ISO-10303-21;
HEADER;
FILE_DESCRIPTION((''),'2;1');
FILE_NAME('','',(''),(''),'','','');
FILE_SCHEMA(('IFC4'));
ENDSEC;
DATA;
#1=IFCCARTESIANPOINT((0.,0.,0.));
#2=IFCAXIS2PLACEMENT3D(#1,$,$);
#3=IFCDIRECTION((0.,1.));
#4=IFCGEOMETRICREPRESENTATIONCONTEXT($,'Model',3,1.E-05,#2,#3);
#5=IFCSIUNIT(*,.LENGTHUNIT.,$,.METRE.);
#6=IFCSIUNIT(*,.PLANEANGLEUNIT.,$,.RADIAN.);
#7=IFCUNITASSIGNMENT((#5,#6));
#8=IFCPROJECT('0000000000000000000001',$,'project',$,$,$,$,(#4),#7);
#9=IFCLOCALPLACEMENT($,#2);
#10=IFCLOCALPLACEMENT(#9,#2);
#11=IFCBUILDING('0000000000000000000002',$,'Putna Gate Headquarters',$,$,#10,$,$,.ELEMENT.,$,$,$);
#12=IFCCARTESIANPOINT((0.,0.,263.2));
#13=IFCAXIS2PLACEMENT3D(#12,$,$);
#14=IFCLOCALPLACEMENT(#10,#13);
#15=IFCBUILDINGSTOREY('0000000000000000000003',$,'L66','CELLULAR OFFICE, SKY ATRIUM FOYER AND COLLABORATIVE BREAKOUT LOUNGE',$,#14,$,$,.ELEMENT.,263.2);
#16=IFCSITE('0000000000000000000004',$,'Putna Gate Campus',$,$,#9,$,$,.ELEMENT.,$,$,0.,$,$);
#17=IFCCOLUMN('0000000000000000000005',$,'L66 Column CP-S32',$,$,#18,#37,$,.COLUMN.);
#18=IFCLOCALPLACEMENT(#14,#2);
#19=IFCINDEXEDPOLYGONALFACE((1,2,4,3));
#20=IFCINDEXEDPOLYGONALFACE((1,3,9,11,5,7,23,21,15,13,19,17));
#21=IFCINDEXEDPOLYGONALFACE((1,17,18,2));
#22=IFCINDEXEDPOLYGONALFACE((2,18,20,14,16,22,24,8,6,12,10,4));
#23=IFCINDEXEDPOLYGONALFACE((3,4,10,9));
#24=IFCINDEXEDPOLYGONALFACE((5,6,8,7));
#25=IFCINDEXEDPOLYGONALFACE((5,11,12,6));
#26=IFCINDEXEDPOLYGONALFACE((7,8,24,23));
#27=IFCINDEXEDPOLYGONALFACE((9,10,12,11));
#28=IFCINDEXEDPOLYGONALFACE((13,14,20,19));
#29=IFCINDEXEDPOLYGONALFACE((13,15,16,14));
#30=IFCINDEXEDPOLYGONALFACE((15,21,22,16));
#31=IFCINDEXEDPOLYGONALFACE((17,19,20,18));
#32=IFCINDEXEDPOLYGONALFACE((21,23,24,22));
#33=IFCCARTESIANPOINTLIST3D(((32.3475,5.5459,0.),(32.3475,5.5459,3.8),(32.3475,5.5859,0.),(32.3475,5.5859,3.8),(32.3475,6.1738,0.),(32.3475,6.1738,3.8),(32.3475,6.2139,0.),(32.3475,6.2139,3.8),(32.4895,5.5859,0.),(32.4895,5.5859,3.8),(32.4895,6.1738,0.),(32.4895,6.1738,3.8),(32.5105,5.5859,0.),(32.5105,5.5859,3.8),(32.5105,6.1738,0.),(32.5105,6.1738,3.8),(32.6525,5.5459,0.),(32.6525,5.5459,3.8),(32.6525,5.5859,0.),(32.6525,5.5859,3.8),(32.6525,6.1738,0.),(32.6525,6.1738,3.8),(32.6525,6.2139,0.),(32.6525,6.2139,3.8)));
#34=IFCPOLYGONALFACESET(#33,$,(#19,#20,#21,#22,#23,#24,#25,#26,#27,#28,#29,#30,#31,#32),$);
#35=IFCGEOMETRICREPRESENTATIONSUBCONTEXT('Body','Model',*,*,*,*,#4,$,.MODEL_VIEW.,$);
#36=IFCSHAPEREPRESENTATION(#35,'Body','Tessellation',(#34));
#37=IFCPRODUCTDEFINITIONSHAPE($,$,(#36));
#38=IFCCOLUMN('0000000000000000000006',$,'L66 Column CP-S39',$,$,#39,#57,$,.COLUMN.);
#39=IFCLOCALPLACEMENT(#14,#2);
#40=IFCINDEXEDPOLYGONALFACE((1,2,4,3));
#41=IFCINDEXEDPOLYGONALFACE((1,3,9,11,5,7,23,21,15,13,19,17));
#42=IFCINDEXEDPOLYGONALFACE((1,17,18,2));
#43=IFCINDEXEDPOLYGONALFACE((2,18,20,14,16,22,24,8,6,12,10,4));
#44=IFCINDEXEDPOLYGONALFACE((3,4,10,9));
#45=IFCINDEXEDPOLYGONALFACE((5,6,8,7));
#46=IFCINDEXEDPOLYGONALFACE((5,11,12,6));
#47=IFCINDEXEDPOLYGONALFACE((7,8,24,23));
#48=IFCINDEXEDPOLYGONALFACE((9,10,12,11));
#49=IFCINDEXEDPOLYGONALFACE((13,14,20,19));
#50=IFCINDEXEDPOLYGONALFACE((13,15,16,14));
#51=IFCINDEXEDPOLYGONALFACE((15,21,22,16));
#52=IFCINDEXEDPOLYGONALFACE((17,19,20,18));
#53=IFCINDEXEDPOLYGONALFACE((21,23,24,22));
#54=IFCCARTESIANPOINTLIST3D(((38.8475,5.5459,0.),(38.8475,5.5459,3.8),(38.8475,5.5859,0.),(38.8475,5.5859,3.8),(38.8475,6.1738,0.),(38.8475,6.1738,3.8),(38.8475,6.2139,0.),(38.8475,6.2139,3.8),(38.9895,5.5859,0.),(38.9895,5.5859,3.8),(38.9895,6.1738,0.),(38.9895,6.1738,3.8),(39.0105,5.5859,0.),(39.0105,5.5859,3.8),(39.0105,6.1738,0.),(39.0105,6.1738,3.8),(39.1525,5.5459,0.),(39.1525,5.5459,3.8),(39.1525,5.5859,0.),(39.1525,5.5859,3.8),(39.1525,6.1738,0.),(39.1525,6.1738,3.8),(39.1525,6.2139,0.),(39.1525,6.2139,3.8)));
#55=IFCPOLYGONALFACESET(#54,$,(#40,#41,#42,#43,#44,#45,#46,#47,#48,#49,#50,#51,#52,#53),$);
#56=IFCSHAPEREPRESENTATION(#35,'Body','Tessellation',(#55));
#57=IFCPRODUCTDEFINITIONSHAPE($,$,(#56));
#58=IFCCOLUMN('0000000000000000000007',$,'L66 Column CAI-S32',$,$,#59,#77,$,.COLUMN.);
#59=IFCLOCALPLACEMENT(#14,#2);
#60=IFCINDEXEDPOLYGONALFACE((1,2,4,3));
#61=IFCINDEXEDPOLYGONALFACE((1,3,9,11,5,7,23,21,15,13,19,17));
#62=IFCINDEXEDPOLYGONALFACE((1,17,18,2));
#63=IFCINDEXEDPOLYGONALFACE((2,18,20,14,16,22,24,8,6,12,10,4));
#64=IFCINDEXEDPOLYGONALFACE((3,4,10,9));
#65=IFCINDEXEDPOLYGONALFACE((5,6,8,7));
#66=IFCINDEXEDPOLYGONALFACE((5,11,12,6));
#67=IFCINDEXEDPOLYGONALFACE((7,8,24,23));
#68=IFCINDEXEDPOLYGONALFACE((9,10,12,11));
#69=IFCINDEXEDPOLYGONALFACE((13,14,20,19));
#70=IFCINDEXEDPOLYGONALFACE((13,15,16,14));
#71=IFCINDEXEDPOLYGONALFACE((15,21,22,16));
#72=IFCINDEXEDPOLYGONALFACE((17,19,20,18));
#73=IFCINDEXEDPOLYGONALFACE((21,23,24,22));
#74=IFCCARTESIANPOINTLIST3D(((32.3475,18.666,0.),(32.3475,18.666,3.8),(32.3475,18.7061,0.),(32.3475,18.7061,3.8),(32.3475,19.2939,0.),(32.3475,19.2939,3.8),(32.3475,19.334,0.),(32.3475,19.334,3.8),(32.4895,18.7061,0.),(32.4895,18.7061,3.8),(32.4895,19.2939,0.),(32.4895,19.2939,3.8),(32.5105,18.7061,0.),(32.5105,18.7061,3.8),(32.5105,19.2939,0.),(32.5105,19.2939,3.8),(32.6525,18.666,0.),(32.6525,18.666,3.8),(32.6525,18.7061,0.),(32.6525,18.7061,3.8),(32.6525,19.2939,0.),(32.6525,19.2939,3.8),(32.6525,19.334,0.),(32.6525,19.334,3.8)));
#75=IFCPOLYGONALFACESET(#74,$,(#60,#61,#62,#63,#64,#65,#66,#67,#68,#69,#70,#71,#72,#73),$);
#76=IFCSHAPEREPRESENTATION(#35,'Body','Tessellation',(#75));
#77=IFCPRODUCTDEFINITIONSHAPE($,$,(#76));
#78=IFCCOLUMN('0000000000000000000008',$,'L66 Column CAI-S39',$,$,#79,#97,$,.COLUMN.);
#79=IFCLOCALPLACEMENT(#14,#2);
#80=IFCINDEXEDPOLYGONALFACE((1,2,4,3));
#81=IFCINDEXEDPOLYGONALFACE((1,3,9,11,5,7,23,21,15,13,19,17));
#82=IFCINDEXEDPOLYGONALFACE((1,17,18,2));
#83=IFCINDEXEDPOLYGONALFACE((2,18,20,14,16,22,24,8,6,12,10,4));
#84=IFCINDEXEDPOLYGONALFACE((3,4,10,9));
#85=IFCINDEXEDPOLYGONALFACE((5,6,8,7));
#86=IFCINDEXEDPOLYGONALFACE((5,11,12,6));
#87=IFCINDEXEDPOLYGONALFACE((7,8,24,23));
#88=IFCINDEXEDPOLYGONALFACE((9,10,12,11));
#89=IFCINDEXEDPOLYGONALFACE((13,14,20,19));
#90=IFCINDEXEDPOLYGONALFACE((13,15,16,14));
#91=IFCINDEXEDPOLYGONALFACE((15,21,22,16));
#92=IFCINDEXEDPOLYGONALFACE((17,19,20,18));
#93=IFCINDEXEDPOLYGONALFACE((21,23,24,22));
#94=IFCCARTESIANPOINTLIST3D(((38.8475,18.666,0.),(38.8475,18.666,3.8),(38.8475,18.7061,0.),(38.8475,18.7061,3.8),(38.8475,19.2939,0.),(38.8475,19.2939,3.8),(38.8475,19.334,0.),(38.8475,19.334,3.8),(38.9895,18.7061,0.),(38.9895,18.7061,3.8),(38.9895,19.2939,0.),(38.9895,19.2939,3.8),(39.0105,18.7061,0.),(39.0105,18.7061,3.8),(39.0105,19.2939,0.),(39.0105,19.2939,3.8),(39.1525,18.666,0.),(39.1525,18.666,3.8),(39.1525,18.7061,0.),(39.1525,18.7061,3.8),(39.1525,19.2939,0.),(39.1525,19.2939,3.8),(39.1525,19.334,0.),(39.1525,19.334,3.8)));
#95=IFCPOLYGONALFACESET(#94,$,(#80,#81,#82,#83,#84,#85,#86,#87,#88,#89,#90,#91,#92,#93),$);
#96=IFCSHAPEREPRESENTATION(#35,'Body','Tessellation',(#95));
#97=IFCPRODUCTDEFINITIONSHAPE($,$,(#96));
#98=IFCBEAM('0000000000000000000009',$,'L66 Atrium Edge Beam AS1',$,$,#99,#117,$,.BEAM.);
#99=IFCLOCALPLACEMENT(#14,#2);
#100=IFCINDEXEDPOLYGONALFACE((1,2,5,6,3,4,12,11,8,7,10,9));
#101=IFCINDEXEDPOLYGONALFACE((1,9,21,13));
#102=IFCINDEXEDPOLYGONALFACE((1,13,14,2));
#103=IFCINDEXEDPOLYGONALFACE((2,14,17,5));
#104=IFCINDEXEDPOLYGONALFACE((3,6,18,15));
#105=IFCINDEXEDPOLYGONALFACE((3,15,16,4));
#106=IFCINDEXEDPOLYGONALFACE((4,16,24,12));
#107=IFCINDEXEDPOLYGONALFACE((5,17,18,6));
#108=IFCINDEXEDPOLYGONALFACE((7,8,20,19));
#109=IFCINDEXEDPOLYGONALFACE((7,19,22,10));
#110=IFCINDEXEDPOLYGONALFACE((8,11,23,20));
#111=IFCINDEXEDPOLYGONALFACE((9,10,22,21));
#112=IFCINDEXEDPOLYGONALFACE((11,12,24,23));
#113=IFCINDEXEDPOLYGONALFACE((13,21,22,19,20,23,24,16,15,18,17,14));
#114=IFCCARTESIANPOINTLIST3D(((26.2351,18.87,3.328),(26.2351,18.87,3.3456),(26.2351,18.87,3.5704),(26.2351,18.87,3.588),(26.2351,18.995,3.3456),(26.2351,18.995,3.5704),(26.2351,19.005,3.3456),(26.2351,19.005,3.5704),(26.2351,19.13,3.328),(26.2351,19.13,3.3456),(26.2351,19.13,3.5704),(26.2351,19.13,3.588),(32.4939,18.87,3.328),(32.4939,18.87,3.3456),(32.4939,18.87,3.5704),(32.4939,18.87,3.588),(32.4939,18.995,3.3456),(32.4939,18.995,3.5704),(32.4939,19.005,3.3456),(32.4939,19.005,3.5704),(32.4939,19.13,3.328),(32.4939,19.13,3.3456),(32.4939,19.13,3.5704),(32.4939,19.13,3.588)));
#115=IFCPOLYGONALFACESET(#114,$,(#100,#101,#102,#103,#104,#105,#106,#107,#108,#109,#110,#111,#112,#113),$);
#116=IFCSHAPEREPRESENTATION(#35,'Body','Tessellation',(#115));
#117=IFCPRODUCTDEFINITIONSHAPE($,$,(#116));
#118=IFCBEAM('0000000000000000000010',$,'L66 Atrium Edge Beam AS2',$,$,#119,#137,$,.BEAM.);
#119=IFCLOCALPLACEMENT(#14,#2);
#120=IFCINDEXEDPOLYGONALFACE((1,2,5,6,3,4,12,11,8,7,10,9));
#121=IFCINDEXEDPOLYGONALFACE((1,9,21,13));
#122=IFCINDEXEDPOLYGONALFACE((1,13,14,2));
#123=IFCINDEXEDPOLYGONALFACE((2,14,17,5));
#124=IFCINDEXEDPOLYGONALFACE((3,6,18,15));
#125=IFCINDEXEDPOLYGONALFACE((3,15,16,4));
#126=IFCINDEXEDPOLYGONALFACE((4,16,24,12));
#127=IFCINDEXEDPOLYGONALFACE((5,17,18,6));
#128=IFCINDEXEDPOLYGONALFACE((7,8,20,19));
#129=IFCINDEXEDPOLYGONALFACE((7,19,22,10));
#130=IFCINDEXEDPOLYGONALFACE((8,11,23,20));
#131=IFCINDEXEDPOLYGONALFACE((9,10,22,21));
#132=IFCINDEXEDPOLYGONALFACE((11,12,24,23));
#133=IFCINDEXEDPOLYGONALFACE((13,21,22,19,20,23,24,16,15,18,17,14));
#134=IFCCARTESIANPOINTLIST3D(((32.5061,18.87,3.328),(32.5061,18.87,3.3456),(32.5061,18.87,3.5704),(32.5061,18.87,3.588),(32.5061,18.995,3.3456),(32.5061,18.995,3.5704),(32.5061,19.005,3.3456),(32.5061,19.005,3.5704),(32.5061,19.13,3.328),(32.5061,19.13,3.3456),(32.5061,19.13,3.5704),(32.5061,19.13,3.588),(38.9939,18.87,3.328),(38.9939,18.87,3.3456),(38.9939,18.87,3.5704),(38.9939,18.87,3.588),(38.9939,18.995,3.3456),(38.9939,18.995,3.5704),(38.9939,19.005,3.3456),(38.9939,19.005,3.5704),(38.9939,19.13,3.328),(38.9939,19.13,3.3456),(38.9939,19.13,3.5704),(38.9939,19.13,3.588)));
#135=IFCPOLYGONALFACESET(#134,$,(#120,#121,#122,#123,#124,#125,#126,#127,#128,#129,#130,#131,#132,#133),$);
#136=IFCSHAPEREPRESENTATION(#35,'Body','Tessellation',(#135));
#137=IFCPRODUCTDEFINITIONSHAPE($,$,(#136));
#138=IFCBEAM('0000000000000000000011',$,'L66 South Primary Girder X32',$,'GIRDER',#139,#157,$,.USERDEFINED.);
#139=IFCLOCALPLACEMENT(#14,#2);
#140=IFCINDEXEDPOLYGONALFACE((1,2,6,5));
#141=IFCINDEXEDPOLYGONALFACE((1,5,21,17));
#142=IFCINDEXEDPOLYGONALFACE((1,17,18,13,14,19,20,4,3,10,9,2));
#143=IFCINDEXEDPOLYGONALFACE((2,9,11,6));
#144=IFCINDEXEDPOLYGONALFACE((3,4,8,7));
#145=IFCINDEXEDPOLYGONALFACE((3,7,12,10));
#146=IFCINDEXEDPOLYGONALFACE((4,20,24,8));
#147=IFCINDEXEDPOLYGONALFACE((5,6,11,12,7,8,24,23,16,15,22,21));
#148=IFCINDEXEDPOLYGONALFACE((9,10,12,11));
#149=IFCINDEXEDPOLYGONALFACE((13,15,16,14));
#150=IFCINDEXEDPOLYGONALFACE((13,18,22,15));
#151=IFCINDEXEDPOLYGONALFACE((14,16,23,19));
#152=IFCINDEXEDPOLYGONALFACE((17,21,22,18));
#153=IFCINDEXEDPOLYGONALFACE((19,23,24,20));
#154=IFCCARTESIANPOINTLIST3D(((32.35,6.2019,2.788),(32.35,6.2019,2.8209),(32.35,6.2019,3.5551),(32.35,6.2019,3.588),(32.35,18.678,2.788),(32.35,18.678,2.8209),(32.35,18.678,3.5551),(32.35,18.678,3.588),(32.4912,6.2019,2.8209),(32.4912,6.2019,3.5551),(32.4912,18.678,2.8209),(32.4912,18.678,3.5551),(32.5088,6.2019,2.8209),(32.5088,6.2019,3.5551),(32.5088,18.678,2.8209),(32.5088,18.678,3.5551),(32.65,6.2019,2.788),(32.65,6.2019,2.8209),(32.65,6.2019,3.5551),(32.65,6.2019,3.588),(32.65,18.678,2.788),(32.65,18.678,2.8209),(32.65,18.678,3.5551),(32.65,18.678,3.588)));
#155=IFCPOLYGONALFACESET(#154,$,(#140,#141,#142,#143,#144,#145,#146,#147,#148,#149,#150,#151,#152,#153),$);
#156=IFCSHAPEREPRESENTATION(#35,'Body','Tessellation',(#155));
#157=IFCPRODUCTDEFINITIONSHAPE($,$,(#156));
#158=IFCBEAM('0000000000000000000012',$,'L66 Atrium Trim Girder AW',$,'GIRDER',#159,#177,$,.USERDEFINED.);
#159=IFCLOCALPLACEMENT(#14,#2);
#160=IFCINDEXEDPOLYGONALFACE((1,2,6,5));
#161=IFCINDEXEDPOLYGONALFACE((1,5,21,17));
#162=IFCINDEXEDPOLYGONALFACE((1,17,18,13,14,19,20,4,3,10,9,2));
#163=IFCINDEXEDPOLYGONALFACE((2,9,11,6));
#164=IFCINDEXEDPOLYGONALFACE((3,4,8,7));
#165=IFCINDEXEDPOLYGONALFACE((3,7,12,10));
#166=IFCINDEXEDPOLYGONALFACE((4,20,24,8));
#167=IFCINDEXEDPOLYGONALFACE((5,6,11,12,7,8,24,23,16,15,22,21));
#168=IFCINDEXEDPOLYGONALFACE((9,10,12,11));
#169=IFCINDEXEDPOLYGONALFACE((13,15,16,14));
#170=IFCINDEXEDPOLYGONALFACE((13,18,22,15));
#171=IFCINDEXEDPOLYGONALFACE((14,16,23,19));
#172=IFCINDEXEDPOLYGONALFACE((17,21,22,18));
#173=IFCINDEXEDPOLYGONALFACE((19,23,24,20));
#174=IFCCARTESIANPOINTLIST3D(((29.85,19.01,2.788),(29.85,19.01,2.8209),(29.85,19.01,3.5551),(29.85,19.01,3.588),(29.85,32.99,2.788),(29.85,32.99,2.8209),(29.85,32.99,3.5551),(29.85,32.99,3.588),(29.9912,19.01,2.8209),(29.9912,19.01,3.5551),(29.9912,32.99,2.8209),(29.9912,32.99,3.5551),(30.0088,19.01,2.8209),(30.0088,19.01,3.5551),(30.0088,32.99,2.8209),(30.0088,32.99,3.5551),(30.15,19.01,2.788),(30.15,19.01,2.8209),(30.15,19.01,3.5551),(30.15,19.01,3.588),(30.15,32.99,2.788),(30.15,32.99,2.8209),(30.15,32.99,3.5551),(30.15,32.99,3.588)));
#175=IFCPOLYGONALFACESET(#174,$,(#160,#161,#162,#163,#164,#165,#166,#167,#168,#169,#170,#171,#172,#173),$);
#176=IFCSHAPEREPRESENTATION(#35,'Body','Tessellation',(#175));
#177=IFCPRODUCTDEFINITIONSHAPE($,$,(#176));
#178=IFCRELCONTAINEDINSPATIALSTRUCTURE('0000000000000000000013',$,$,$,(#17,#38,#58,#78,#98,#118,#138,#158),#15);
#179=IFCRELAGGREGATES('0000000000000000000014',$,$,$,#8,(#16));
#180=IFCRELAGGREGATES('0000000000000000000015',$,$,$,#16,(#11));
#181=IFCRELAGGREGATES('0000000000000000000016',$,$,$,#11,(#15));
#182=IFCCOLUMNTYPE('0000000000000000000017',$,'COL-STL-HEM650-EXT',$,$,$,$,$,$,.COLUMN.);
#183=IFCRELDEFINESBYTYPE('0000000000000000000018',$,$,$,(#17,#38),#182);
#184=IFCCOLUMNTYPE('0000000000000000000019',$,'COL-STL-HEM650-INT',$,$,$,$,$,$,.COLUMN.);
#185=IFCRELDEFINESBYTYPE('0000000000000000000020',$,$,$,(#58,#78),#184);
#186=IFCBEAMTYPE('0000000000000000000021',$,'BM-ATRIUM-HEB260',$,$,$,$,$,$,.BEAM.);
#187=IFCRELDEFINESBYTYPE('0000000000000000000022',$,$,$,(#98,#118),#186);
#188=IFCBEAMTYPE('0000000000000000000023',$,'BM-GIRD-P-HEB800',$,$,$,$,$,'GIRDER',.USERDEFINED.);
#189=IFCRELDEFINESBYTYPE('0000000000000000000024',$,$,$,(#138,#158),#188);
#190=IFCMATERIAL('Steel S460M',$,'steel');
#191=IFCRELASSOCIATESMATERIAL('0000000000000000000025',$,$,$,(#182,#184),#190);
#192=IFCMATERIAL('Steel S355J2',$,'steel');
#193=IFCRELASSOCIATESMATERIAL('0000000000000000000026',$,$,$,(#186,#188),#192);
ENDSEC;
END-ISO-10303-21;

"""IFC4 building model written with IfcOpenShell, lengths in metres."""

from ifc_helpers import new_model, si_unit, direction, frame, origin, origin_2d, place, context, subcontext, project, spatial, i_section, extrude, material, material_profile, profile_set, type_object, element, save


model = new_model("IFC4")

# Units and contexts
model_context = context("Model", 3, precision=1e-05, world=origin(), true_north=direction((0.0, 1.0)))
body_context = subcontext(model_context, "Body", "Model", "MODEL_VIEW")
ifc_project = project(units=[si_unit("LENGTHUNIT", "METRE"), si_unit("PLANEANGLEUNIT", "RADIAN")], contexts=[model_context])

# Site, building, storey
site_placement = place(None, origin())
site = spatial("IfcSite", under=ifc_project, at=site_placement, Name="Putna Gate Campus", CompositionType="ELEMENT", RefElevation=0.0)
building_placement = place(site_placement, origin())
building = spatial("IfcBuilding", under=site, at=building_placement, Name="Putna Gate Headquarters", CompositionType="ELEMENT")
storey_placement = place(building_placement, frame((0.0, 0.0, 263.2)))
storey = spatial("IfcBuildingStorey", under=building, at=storey_placement, Name="L66", Description="CELLULAR OFFICE, SKY ATRIUM FOYER AND COLLABORATIVE BREAKOUT LOUNGE", CompositionType="ELEMENT", Elevation=263.2)

# Columns
ifc_material_1 = material(Name="Steel S460M", Category="steel")
ifc_material_profile_1 = material_profile(ifc_material_1, i_section(OverallWidth=0.3049, OverallDepth=0.668, WebThickness=0.021, FlangeThickness=0.04, at=origin_2d()), Name="Steel S460M")
ifc_profile_set_1 = profile_set([ifc_material_profile_1], Name="Steel S460M")
column_type_1 = type_object("IfcColumnType", Name="COL-STL-HEM650-EXT", PredefinedType="COLUMN", material=ifc_profile_set_1)
for number, where, z_axis, x_axis, name in (
    (1, (32.5, 5.8799, 0.0), (0.0, 0.0, 1.0), (1.0, 0.0, 0.0), "L66 Column CP-S32"),
    (2, (39.0, 5.8799, 0.0), (0.0, 0.0, 1.0), (1.0, 0.0, 0.0), "L66 Column CP-S39"),
):
    element("IfcColumn", number, at=place(storey_placement, frame(where, z_axis=z_axis, x_axis=x_axis)), inside=storey, type_object=column_type_1, Name=name, PredefinedType="COLUMN", context=body_context, shape_type="SweptSolid", body=[
        extrude(i_section(OverallWidth=0.3049, OverallDepth=0.668, WebThickness=0.021, FlangeThickness=0.04, at=origin_2d()), origin(), (0.0, 0.0, 1.0), 3.8),
    ])
ifc_material_profile_2 = material_profile(ifc_material_1, i_section(OverallWidth=0.3049, OverallDepth=0.668, WebThickness=0.021, FlangeThickness=0.04, at=origin_2d()), Name="Steel S460M")
ifc_profile_set_2 = profile_set([ifc_material_profile_2], Name="Steel S460M")
column_type_2 = type_object("IfcColumnType", Name="COL-STL-HEM650-INT", PredefinedType="COLUMN", material=ifc_profile_set_2)
for number, where, z_axis, x_axis, name in (
    (3, (32.5, 19.0, 0.0), (0.0, 0.0, 1.0), (1.0, 0.0, 0.0), "L66 Column CAI-S32"),
    (4, (39.0, 19.0, 0.0), (0.0, 0.0, 1.0), (1.0, 0.0, 0.0), "L66 Column CAI-S39"),
):
    element("IfcColumn", number, at=place(storey_placement, frame(where, z_axis=z_axis, x_axis=x_axis)), inside=storey, type_object=column_type_2, Name=name, PredefinedType="COLUMN", context=body_context, shape_type="SweptSolid", body=[
        extrude(i_section(OverallWidth=0.3049, OverallDepth=0.668, WebThickness=0.021, FlangeThickness=0.04, at=origin_2d()), origin(), (0.0, 0.0, 1.0), 3.8),
    ])

# Beams
ifc_material_2 = material(Name="Steel S355J2", Category="steel")
ifc_material_profile_3 = material_profile(ifc_material_2, i_section(OverallWidth=0.26, OverallDepth=0.26, WebThickness=0.01, FlangeThickness=0.0176, at=origin_2d()), Name="Steel S355J2")
ifc_profile_set_3 = profile_set([ifc_material_profile_3], Name="Steel S355J2")
beam_type_1 = type_object("IfcBeamType", Name="BM-ATRIUM-HEB260", PredefinedType="BEAM", material=ifc_profile_set_3)
beam_1_placement = place(storey_placement, frame((26.2351, 19.0, 3.458), z_axis=(1.0, 0.0, 0.0), x_axis=(0.0, 1.0, 0.0)))
element("IfcBeam", 5, at=beam_1_placement, inside=storey, type_object=beam_type_1, Name="L66 Atrium Edge Beam AS1", PredefinedType="BEAM", context=body_context, shape_type="SweptSolid", body=[
    extrude(i_section(OverallWidth=0.26, OverallDepth=0.26, WebThickness=0.01, FlangeThickness=0.0176, at=origin_2d()), origin(), (0.0, 0.0, 1.0), 6.2588),
])
beam_2_placement = place(storey_placement, frame((32.5061, 19.0, 3.458), z_axis=(1.0, 0.0, 0.0), x_axis=(0.0, 1.0, 0.0)))
element("IfcBeam", 6, at=beam_2_placement, inside=storey, type_object=beam_type_1, Name="L66 Atrium Edge Beam AS2", PredefinedType="BEAM", context=body_context, shape_type="SweptSolid", body=[
    extrude(i_section(OverallWidth=0.26, OverallDepth=0.26, WebThickness=0.01, FlangeThickness=0.0176, at=origin_2d()), origin(), (0.0, 0.0, 1.0), 6.4878),
])
ifc_material_profile_4 = material_profile(ifc_material_2, i_section(OverallWidth=0.3, OverallDepth=0.8, WebThickness=0.0176, FlangeThickness=0.033, at=origin_2d()), Name="Steel S355J2")
ifc_profile_set_4 = profile_set([ifc_material_profile_4], Name="Steel S355J2")
beam_type_2 = type_object("IfcBeamType", Name="BM-GIRD-P-HEB800", ElementType="GIRDER", PredefinedType="USERDEFINED", material=ifc_profile_set_4)
beam_3_placement = place(storey_placement, frame((32.5, 6.2019, 3.188), z_axis=(0.0, 1.0, 0.0), x_axis=(-1.0, 0.0, 0.0)))
element("IfcBeam", 7, at=beam_3_placement, inside=storey, type_object=beam_type_2, Name="L66 South Primary Girder X32", ObjectType="GIRDER", PredefinedType="USERDEFINED", context=body_context, shape_type="SweptSolid", body=[
    extrude(i_section(OverallWidth=0.3, OverallDepth=0.8, WebThickness=0.0176, FlangeThickness=0.033, at=origin_2d()), origin(), (0.0, 0.0, 1.0), 12.4761),
])
beam_4_placement = place(storey_placement, frame((30.0, 19.01, 3.188), z_axis=(0.0, 1.0, 0.0), x_axis=(-1.0, 0.0, 0.0)))
element("IfcBeam", 8, at=beam_4_placement, inside=storey, type_object=beam_type_2, Name="L66 Atrium Trim Girder AW", ObjectType="GIRDER", PredefinedType="USERDEFINED", context=body_context, shape_type="SweptSolid", body=[
    extrude(i_section(OverallWidth=0.3, OverallDepth=0.8, WebThickness=0.0176, FlangeThickness=0.033, at=origin_2d()), origin(), (0.0, 0.0, 1.0), 13.98),
])

save(model, "model.ifc")
